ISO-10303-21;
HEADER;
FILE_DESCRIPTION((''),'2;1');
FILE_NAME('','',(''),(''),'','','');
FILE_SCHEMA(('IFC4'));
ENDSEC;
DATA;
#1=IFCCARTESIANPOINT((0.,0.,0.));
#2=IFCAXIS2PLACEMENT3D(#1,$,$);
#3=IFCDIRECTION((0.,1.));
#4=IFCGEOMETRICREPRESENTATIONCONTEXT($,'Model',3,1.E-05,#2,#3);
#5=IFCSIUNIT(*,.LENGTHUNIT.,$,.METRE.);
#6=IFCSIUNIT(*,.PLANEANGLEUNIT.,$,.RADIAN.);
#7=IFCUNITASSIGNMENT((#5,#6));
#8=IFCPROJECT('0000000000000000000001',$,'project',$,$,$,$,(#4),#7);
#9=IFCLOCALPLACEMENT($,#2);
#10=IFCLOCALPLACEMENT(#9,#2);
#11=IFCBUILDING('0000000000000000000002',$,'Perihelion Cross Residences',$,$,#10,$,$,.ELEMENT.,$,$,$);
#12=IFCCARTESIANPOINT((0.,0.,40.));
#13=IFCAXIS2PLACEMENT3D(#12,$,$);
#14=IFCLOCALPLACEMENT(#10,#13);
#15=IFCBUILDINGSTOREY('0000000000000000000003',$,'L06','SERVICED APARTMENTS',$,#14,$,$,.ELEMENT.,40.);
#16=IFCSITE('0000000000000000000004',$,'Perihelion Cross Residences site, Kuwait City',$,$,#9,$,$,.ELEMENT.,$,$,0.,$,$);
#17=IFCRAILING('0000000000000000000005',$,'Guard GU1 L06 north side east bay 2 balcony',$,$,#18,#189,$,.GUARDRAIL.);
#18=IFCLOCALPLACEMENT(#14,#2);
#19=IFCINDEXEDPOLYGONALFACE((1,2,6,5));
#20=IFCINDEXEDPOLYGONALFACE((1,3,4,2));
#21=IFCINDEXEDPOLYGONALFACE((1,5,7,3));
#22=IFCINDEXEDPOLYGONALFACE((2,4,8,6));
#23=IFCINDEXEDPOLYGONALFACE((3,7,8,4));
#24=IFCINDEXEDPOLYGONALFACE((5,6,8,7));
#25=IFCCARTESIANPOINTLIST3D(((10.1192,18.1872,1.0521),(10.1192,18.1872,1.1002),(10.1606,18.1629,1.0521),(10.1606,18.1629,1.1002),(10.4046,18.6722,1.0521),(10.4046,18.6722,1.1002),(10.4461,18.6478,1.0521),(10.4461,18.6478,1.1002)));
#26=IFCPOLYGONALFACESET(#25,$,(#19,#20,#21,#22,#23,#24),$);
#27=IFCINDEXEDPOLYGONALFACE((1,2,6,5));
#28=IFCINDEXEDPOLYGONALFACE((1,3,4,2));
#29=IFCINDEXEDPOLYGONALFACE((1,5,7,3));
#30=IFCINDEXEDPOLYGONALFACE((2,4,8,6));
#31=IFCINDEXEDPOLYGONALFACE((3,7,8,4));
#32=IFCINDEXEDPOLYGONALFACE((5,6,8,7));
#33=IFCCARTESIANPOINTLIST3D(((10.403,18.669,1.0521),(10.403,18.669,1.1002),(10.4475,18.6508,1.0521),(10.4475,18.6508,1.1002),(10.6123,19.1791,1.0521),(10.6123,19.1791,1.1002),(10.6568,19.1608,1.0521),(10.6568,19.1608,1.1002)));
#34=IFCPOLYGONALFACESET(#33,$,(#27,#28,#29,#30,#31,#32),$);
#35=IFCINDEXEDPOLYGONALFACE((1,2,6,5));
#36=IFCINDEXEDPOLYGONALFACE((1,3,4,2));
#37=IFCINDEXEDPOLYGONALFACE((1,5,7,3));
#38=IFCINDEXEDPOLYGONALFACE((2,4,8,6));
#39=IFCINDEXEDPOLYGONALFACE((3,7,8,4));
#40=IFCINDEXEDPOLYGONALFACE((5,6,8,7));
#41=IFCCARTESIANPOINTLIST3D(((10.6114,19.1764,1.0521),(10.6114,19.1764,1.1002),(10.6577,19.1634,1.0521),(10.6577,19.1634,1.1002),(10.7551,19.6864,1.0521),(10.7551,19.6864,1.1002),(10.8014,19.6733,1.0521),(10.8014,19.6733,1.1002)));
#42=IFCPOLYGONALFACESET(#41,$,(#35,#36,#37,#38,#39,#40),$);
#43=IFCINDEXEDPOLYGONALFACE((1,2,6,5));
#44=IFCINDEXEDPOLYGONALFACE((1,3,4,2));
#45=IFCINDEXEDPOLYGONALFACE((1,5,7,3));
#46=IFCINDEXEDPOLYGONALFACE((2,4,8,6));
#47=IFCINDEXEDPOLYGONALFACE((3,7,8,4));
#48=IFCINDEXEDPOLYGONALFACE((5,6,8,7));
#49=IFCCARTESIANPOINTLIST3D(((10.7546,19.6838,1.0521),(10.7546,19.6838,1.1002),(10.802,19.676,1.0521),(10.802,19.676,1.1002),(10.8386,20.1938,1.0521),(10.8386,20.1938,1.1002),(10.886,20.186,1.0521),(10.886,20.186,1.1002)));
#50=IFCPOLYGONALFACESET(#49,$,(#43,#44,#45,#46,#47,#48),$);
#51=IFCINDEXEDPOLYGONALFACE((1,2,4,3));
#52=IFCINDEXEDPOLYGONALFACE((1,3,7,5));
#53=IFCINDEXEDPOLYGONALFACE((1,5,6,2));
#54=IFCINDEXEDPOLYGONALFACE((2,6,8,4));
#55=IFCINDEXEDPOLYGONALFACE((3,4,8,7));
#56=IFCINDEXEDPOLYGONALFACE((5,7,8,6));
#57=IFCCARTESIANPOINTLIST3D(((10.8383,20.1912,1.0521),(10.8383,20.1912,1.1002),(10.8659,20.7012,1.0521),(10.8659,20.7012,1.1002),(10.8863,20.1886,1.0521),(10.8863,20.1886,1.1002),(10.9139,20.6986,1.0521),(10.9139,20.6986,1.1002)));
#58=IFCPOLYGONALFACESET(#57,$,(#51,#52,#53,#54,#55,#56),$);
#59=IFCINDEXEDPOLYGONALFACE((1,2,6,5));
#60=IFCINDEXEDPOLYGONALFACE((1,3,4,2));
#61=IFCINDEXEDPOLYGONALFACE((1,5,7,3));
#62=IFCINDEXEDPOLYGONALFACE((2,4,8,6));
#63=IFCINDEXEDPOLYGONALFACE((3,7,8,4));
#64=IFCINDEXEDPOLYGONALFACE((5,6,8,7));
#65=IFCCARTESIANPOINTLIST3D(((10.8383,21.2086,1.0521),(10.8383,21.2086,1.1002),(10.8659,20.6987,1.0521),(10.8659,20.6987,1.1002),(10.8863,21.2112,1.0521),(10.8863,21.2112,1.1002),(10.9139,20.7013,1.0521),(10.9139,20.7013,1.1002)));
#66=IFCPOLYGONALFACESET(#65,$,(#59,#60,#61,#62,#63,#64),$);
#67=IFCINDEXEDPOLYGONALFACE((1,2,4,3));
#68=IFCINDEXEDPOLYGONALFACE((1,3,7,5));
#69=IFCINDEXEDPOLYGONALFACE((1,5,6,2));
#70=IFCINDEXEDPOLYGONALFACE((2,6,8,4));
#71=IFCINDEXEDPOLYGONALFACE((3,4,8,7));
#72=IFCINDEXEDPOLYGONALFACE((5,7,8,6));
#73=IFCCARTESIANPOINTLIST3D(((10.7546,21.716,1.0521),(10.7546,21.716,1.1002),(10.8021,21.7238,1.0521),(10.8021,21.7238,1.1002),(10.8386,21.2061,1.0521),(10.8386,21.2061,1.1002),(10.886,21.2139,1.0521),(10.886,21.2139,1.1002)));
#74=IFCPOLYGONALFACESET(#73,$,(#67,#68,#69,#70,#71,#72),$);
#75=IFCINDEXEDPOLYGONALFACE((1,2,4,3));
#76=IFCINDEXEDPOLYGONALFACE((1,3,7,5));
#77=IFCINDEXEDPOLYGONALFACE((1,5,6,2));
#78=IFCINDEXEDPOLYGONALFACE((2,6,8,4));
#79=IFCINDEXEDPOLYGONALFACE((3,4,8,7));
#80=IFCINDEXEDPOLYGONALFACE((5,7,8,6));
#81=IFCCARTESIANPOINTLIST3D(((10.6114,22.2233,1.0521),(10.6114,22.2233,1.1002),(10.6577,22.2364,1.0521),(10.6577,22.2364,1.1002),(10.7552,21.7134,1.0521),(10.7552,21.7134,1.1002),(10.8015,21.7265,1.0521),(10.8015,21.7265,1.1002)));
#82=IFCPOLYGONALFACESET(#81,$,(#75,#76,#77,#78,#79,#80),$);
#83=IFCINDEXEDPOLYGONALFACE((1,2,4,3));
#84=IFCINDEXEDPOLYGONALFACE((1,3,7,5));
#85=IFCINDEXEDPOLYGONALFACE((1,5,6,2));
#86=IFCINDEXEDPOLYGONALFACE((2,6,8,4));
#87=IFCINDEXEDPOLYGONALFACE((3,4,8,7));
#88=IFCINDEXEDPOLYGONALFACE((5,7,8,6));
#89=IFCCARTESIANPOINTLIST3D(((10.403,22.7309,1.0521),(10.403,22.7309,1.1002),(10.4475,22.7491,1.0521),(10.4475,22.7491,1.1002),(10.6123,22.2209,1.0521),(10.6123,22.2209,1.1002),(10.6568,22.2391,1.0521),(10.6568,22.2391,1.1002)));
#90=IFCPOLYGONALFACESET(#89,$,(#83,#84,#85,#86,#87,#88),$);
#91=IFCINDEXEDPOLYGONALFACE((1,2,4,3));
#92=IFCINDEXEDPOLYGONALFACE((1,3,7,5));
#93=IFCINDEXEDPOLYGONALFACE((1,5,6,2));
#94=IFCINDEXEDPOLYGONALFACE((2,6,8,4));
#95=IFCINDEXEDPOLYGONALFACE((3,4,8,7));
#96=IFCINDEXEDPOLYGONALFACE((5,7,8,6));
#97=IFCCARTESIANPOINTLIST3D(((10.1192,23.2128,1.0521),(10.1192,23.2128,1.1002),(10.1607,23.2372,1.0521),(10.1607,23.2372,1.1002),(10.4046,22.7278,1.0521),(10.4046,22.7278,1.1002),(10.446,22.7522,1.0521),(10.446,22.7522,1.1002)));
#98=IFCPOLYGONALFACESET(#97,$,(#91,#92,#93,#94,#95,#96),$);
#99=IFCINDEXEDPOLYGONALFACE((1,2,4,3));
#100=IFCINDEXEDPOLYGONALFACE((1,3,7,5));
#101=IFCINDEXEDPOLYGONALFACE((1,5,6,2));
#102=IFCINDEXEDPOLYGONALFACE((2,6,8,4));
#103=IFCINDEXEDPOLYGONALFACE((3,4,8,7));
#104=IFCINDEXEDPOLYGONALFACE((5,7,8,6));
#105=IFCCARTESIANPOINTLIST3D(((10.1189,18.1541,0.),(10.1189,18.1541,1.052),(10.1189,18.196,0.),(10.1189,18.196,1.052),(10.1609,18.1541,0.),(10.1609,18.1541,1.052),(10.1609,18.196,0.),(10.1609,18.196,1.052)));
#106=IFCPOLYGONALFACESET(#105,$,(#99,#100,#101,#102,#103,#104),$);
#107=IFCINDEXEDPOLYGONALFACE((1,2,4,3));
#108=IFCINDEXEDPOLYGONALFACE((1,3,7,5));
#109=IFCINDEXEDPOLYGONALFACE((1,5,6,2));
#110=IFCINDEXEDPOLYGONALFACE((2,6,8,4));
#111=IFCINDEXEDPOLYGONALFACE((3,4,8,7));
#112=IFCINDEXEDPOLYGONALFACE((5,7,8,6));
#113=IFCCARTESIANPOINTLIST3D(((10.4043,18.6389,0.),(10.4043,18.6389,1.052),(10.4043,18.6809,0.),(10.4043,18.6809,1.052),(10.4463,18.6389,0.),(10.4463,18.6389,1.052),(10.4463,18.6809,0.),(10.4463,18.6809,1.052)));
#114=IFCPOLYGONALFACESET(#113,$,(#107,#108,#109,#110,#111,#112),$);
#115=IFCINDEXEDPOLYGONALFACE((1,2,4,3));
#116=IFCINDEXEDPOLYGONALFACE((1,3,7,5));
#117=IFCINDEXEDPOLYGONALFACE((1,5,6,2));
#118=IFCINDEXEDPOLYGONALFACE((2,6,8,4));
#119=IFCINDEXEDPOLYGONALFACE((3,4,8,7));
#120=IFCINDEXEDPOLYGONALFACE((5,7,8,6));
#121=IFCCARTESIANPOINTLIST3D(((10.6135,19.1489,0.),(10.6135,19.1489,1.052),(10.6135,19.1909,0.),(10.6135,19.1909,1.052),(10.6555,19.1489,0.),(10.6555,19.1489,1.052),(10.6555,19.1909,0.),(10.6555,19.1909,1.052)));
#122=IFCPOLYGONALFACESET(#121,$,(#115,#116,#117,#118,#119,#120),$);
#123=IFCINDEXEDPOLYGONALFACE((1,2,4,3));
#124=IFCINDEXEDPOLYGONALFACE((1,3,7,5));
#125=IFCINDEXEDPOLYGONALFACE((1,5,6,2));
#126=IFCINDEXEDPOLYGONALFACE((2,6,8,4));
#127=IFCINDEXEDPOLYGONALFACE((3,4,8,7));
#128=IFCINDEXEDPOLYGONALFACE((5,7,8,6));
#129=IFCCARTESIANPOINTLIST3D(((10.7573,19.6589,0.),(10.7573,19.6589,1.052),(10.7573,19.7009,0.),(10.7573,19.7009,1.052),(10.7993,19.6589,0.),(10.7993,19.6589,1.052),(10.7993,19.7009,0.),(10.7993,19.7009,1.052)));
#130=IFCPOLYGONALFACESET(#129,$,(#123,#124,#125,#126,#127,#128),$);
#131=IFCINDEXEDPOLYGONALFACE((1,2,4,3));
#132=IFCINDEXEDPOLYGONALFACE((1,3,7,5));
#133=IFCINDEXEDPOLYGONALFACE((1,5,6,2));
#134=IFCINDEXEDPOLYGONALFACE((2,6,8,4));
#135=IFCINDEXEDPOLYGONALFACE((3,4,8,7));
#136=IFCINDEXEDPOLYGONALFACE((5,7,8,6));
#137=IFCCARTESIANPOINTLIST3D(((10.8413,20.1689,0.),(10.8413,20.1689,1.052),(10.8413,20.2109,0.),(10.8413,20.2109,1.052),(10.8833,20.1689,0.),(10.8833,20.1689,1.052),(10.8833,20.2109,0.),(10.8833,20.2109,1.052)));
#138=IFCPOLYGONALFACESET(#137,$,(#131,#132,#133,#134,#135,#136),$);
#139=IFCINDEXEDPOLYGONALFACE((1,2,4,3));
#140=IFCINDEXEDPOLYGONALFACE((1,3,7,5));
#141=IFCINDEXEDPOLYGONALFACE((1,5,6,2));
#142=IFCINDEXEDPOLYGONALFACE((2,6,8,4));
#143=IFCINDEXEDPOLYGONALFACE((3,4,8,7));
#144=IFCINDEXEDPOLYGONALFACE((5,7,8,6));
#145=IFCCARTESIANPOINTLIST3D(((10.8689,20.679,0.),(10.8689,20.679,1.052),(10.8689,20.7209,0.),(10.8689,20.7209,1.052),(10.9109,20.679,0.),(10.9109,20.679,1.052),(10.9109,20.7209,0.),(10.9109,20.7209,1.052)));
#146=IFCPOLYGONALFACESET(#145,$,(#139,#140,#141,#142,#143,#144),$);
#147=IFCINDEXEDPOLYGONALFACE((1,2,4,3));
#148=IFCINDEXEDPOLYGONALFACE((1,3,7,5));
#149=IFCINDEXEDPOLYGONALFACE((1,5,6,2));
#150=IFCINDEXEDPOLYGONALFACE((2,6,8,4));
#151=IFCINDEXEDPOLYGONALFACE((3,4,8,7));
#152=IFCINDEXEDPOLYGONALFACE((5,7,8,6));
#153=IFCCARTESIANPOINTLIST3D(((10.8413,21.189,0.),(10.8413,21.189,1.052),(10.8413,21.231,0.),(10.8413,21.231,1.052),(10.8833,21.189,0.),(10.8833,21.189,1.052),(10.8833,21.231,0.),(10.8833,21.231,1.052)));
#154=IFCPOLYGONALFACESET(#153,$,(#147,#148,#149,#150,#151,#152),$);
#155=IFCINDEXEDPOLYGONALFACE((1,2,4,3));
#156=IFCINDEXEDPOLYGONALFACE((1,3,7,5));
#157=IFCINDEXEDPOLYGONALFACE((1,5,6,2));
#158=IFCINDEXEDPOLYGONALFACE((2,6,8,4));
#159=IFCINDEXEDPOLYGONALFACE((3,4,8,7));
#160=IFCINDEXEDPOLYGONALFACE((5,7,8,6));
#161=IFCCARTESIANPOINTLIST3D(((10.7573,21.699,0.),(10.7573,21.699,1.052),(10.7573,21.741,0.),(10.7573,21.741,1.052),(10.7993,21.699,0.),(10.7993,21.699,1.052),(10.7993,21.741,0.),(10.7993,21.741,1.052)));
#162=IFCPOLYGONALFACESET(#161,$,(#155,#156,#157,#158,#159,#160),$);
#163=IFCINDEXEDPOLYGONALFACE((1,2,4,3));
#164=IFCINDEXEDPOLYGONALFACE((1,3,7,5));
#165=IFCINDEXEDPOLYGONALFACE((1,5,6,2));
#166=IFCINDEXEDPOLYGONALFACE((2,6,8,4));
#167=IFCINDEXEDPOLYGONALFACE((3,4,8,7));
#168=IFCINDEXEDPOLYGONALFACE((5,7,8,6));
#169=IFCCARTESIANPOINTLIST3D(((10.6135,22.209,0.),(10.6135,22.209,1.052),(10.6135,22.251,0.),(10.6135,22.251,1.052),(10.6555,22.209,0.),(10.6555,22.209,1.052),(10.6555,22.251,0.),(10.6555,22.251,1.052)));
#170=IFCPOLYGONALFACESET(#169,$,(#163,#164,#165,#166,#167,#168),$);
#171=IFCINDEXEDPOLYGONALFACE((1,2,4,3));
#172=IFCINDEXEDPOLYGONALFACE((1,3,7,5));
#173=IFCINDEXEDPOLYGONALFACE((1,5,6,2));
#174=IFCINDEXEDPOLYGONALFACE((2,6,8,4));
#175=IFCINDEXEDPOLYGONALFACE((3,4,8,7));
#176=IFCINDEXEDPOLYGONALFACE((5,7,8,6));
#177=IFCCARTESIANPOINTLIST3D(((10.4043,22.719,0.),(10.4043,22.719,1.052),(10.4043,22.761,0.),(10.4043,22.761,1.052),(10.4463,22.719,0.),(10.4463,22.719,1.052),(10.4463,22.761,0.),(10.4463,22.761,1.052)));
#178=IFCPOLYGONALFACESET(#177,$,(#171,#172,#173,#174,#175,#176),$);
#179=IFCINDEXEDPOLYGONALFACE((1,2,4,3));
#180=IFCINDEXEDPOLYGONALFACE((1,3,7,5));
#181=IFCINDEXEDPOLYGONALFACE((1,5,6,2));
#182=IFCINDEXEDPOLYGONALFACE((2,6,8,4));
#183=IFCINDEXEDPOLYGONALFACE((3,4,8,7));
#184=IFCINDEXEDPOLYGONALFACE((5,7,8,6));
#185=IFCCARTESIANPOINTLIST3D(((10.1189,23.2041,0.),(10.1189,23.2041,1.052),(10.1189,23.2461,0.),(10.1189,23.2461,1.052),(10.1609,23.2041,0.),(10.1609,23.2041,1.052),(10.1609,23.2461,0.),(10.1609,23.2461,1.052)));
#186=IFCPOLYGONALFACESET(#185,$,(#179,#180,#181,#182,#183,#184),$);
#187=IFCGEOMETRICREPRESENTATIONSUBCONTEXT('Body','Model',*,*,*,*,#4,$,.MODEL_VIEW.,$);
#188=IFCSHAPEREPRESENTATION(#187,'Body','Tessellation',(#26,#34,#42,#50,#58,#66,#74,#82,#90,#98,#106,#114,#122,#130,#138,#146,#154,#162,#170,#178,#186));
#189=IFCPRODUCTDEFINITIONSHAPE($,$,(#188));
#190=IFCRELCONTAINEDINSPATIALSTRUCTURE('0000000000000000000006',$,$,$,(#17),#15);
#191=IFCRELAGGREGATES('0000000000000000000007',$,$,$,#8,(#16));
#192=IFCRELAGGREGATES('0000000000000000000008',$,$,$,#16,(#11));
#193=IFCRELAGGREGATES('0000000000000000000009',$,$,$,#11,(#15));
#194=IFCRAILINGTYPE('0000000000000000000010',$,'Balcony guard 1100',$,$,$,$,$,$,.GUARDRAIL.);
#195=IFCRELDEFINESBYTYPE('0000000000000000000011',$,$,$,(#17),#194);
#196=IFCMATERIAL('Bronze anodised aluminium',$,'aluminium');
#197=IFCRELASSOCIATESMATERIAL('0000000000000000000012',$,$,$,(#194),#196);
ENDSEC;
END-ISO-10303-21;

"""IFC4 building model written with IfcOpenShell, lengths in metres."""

from ifc_helpers import new_model, si_unit, direction, frame, origin, origin_2d, place, context, subcontext, project, spatial, rectangle, extrude, material, type_object, element, save


model = new_model("IFC4")

# Units and contexts
model_context = context("Model", 3, precision=1e-05, world=origin(), true_north=direction((0.0, 1.0)))
body_context = subcontext(model_context, "Body", "Model", "MODEL_VIEW")
ifc_project = project(units=[si_unit("LENGTHUNIT", "METRE"), si_unit("PLANEANGLEUNIT", "RADIAN")], contexts=[model_context])

# Site, building, storey
site_placement = place(None, origin())
site = spatial("IfcSite", under=ifc_project, at=site_placement, Name="Perihelion Cross Residences site, Kuwait City", CompositionType="ELEMENT", RefElevation=0.0)
building_placement = place(site_placement, origin())
building = spatial("IfcBuilding", under=site, at=building_placement, Name="Perihelion Cross Residences", CompositionType="ELEMENT")
storey_placement = place(building_placement, frame((0.0, 0.0, 40.0)))
storey = spatial("IfcBuildingStorey", under=building, at=storey_placement, Name="L06", Description="SERVICED APARTMENTS", CompositionType="ELEMENT", Elevation=40.0)

# Railing
ifc_material_1 = material(Name="Bronze anodised aluminium", Category="aluminium")
railing_type = type_object("IfcRailingType", Name="Balcony guard 1100", PredefinedType="GUARDRAIL", material=ifc_material_1)
railing_1_placement = place(storey_placement, frame((10.1399, 18.175, 0.0)))
element("IfcRailing", 1, at=railing_1_placement, inside=storey, type_object=railing_type, Name="Guard GU1 L06 north side east bay 2 balcony", PredefinedType="GUARDRAIL", context=body_context, shape_type="SweptSolid", body=[
    extrude(rectangle(XDim=0.0481, YDim=0.0481, at=origin_2d()), frame((0.0, 0.0, 1.0762), z_axis=(0.507267, 0.861789, 0.0), x_axis=(-0.861789, 0.507267, 0.0)), (0.0, 0.0, 1.0), 0.5627),
    extrude(rectangle(XDim=0.0481, YDim=0.0481, at=origin_2d()), frame((0.2854, 0.4849, 1.0762), z_axis=(0.379547, 0.925173, 0.0), x_axis=(-0.925173, 0.379547, 0.0)), (0.0, 0.0, 1.0), 0.5513),
    extrude(rectangle(XDim=0.0481, YDim=0.0481, at=origin_2d()), frame((0.4946, 0.9949, 1.0762), z_axis=(0.271373, 0.962474, 0.0), x_axis=(-0.962474, 0.271373, 0.0)), (0.0, 0.0, 1.0), 0.5298),
    extrude(rectangle(XDim=0.0481, YDim=0.0481, at=origin_2d()), frame((0.6384, 1.5049, 1.0762), z_axis=(0.162484, 0.986711, 0.0), x_axis=(-0.986711, 0.162484, 0.0)), (0.0, 0.0, 1.0), 0.5168),
    extrude(rectangle(XDim=0.0481, YDim=0.0481, at=origin_2d()), frame((0.7224, 2.0149, 1.0762), z_axis=(0.054014, 0.99854, 0.0), x_axis=(-0.99854, 0.054014, 0.0)), (0.0, 0.0, 1.0), 0.5107),
    extrude(rectangle(XDim=0.0481, YDim=0.0481, at=origin_2d()), frame((0.75, 2.5249, 1.0762), z_axis=(-0.054014, 0.99854, 0.0), x_axis=(-0.99854, -0.054014, 0.0)), (0.0, 0.0, 1.0), 0.5107),
    extrude(rectangle(XDim=0.0481, YDim=0.0481, at=origin_2d()), frame((0.7224, 3.0349, 1.0762), z_axis=(-0.162484, 0.986711, 0.0), x_axis=(-0.986711, -0.162484, 0.0)), (0.0, 0.0, 1.0), 0.5168),
    extrude(rectangle(XDim=0.0481, YDim=0.0481, at=origin_2d()), frame((0.6384, 3.5449, 1.0762), z_axis=(-0.271373, 0.962474, 0.0), x_axis=(-0.962474, -0.271373, 0.0)), (0.0, 0.0, 1.0), 0.5298),
    extrude(rectangle(XDim=0.0481, YDim=0.0481, at=origin_2d()), frame((0.4946, 4.0549, 1.0762), z_axis=(-0.379547, 0.925173, 0.0), x_axis=(-0.925173, -0.379547, 0.0)), (0.0, 0.0, 1.0), 0.5513),
    extrude(rectangle(XDim=0.0481, YDim=0.0481, at=origin_2d()), frame((0.2854, 4.5649, 1.0762), z_axis=(-0.507077, 0.861901, 0.0), x_axis=(-0.861901, -0.507077, 0.0)), (0.0, 0.0, 1.0), 0.5627),
    extrude(rectangle(XDim=0.042, YDim=0.042, at=origin_2d()), origin(), (0.0, 0.0, 1.0), 1.052),
    extrude(rectangle(XDim=0.042, YDim=0.042, at=origin_2d()), frame((0.2854, 0.4849, 0.0)), (0.0, 0.0, 1.0), 1.052),
    extrude(rectangle(XDim=0.042, YDim=0.042, at=origin_2d()), frame((0.4946, 0.9949, 0.0)), (0.0, 0.0, 1.0), 1.052),
    extrude(rectangle(XDim=0.042, YDim=0.042, at=origin_2d()), frame((0.6384, 1.5049, 0.0)), (0.0, 0.0, 1.0), 1.052),
    extrude(rectangle(XDim=0.042, YDim=0.042, at=origin_2d()), frame((0.7224, 2.0149, 0.0)), (0.0, 0.0, 1.0), 1.052),
    extrude(rectangle(XDim=0.042, YDim=0.042, at=origin_2d()), frame((0.75, 2.5249, 0.0)), (0.0, 0.0, 1.0), 1.052),
    extrude(rectangle(XDim=0.042, YDim=0.042, at=origin_2d()), frame((0.7224, 3.0349, 0.0)), (0.0, 0.0, 1.0), 1.052),
    extrude(rectangle(XDim=0.042, YDim=0.042, at=origin_2d()), frame((0.6384, 3.5449, 0.0)), (0.0, 0.0, 1.0), 1.052),
    extrude(rectangle(XDim=0.042, YDim=0.042, at=origin_2d()), frame((0.4946, 4.0549, 0.0)), (0.0, 0.0, 1.0), 1.052),
    extrude(rectangle(XDim=0.042, YDim=0.042, at=origin_2d()), frame((0.2854, 4.5649, 0.0)), (0.0, 0.0, 1.0), 1.052),
    extrude(rectangle(XDim=0.042, YDim=0.042, at=origin_2d()), frame((0.0, 5.05, 0.0)), (0.0, 0.0, 1.0), 1.052),
])

save(model, "model.ifc")
